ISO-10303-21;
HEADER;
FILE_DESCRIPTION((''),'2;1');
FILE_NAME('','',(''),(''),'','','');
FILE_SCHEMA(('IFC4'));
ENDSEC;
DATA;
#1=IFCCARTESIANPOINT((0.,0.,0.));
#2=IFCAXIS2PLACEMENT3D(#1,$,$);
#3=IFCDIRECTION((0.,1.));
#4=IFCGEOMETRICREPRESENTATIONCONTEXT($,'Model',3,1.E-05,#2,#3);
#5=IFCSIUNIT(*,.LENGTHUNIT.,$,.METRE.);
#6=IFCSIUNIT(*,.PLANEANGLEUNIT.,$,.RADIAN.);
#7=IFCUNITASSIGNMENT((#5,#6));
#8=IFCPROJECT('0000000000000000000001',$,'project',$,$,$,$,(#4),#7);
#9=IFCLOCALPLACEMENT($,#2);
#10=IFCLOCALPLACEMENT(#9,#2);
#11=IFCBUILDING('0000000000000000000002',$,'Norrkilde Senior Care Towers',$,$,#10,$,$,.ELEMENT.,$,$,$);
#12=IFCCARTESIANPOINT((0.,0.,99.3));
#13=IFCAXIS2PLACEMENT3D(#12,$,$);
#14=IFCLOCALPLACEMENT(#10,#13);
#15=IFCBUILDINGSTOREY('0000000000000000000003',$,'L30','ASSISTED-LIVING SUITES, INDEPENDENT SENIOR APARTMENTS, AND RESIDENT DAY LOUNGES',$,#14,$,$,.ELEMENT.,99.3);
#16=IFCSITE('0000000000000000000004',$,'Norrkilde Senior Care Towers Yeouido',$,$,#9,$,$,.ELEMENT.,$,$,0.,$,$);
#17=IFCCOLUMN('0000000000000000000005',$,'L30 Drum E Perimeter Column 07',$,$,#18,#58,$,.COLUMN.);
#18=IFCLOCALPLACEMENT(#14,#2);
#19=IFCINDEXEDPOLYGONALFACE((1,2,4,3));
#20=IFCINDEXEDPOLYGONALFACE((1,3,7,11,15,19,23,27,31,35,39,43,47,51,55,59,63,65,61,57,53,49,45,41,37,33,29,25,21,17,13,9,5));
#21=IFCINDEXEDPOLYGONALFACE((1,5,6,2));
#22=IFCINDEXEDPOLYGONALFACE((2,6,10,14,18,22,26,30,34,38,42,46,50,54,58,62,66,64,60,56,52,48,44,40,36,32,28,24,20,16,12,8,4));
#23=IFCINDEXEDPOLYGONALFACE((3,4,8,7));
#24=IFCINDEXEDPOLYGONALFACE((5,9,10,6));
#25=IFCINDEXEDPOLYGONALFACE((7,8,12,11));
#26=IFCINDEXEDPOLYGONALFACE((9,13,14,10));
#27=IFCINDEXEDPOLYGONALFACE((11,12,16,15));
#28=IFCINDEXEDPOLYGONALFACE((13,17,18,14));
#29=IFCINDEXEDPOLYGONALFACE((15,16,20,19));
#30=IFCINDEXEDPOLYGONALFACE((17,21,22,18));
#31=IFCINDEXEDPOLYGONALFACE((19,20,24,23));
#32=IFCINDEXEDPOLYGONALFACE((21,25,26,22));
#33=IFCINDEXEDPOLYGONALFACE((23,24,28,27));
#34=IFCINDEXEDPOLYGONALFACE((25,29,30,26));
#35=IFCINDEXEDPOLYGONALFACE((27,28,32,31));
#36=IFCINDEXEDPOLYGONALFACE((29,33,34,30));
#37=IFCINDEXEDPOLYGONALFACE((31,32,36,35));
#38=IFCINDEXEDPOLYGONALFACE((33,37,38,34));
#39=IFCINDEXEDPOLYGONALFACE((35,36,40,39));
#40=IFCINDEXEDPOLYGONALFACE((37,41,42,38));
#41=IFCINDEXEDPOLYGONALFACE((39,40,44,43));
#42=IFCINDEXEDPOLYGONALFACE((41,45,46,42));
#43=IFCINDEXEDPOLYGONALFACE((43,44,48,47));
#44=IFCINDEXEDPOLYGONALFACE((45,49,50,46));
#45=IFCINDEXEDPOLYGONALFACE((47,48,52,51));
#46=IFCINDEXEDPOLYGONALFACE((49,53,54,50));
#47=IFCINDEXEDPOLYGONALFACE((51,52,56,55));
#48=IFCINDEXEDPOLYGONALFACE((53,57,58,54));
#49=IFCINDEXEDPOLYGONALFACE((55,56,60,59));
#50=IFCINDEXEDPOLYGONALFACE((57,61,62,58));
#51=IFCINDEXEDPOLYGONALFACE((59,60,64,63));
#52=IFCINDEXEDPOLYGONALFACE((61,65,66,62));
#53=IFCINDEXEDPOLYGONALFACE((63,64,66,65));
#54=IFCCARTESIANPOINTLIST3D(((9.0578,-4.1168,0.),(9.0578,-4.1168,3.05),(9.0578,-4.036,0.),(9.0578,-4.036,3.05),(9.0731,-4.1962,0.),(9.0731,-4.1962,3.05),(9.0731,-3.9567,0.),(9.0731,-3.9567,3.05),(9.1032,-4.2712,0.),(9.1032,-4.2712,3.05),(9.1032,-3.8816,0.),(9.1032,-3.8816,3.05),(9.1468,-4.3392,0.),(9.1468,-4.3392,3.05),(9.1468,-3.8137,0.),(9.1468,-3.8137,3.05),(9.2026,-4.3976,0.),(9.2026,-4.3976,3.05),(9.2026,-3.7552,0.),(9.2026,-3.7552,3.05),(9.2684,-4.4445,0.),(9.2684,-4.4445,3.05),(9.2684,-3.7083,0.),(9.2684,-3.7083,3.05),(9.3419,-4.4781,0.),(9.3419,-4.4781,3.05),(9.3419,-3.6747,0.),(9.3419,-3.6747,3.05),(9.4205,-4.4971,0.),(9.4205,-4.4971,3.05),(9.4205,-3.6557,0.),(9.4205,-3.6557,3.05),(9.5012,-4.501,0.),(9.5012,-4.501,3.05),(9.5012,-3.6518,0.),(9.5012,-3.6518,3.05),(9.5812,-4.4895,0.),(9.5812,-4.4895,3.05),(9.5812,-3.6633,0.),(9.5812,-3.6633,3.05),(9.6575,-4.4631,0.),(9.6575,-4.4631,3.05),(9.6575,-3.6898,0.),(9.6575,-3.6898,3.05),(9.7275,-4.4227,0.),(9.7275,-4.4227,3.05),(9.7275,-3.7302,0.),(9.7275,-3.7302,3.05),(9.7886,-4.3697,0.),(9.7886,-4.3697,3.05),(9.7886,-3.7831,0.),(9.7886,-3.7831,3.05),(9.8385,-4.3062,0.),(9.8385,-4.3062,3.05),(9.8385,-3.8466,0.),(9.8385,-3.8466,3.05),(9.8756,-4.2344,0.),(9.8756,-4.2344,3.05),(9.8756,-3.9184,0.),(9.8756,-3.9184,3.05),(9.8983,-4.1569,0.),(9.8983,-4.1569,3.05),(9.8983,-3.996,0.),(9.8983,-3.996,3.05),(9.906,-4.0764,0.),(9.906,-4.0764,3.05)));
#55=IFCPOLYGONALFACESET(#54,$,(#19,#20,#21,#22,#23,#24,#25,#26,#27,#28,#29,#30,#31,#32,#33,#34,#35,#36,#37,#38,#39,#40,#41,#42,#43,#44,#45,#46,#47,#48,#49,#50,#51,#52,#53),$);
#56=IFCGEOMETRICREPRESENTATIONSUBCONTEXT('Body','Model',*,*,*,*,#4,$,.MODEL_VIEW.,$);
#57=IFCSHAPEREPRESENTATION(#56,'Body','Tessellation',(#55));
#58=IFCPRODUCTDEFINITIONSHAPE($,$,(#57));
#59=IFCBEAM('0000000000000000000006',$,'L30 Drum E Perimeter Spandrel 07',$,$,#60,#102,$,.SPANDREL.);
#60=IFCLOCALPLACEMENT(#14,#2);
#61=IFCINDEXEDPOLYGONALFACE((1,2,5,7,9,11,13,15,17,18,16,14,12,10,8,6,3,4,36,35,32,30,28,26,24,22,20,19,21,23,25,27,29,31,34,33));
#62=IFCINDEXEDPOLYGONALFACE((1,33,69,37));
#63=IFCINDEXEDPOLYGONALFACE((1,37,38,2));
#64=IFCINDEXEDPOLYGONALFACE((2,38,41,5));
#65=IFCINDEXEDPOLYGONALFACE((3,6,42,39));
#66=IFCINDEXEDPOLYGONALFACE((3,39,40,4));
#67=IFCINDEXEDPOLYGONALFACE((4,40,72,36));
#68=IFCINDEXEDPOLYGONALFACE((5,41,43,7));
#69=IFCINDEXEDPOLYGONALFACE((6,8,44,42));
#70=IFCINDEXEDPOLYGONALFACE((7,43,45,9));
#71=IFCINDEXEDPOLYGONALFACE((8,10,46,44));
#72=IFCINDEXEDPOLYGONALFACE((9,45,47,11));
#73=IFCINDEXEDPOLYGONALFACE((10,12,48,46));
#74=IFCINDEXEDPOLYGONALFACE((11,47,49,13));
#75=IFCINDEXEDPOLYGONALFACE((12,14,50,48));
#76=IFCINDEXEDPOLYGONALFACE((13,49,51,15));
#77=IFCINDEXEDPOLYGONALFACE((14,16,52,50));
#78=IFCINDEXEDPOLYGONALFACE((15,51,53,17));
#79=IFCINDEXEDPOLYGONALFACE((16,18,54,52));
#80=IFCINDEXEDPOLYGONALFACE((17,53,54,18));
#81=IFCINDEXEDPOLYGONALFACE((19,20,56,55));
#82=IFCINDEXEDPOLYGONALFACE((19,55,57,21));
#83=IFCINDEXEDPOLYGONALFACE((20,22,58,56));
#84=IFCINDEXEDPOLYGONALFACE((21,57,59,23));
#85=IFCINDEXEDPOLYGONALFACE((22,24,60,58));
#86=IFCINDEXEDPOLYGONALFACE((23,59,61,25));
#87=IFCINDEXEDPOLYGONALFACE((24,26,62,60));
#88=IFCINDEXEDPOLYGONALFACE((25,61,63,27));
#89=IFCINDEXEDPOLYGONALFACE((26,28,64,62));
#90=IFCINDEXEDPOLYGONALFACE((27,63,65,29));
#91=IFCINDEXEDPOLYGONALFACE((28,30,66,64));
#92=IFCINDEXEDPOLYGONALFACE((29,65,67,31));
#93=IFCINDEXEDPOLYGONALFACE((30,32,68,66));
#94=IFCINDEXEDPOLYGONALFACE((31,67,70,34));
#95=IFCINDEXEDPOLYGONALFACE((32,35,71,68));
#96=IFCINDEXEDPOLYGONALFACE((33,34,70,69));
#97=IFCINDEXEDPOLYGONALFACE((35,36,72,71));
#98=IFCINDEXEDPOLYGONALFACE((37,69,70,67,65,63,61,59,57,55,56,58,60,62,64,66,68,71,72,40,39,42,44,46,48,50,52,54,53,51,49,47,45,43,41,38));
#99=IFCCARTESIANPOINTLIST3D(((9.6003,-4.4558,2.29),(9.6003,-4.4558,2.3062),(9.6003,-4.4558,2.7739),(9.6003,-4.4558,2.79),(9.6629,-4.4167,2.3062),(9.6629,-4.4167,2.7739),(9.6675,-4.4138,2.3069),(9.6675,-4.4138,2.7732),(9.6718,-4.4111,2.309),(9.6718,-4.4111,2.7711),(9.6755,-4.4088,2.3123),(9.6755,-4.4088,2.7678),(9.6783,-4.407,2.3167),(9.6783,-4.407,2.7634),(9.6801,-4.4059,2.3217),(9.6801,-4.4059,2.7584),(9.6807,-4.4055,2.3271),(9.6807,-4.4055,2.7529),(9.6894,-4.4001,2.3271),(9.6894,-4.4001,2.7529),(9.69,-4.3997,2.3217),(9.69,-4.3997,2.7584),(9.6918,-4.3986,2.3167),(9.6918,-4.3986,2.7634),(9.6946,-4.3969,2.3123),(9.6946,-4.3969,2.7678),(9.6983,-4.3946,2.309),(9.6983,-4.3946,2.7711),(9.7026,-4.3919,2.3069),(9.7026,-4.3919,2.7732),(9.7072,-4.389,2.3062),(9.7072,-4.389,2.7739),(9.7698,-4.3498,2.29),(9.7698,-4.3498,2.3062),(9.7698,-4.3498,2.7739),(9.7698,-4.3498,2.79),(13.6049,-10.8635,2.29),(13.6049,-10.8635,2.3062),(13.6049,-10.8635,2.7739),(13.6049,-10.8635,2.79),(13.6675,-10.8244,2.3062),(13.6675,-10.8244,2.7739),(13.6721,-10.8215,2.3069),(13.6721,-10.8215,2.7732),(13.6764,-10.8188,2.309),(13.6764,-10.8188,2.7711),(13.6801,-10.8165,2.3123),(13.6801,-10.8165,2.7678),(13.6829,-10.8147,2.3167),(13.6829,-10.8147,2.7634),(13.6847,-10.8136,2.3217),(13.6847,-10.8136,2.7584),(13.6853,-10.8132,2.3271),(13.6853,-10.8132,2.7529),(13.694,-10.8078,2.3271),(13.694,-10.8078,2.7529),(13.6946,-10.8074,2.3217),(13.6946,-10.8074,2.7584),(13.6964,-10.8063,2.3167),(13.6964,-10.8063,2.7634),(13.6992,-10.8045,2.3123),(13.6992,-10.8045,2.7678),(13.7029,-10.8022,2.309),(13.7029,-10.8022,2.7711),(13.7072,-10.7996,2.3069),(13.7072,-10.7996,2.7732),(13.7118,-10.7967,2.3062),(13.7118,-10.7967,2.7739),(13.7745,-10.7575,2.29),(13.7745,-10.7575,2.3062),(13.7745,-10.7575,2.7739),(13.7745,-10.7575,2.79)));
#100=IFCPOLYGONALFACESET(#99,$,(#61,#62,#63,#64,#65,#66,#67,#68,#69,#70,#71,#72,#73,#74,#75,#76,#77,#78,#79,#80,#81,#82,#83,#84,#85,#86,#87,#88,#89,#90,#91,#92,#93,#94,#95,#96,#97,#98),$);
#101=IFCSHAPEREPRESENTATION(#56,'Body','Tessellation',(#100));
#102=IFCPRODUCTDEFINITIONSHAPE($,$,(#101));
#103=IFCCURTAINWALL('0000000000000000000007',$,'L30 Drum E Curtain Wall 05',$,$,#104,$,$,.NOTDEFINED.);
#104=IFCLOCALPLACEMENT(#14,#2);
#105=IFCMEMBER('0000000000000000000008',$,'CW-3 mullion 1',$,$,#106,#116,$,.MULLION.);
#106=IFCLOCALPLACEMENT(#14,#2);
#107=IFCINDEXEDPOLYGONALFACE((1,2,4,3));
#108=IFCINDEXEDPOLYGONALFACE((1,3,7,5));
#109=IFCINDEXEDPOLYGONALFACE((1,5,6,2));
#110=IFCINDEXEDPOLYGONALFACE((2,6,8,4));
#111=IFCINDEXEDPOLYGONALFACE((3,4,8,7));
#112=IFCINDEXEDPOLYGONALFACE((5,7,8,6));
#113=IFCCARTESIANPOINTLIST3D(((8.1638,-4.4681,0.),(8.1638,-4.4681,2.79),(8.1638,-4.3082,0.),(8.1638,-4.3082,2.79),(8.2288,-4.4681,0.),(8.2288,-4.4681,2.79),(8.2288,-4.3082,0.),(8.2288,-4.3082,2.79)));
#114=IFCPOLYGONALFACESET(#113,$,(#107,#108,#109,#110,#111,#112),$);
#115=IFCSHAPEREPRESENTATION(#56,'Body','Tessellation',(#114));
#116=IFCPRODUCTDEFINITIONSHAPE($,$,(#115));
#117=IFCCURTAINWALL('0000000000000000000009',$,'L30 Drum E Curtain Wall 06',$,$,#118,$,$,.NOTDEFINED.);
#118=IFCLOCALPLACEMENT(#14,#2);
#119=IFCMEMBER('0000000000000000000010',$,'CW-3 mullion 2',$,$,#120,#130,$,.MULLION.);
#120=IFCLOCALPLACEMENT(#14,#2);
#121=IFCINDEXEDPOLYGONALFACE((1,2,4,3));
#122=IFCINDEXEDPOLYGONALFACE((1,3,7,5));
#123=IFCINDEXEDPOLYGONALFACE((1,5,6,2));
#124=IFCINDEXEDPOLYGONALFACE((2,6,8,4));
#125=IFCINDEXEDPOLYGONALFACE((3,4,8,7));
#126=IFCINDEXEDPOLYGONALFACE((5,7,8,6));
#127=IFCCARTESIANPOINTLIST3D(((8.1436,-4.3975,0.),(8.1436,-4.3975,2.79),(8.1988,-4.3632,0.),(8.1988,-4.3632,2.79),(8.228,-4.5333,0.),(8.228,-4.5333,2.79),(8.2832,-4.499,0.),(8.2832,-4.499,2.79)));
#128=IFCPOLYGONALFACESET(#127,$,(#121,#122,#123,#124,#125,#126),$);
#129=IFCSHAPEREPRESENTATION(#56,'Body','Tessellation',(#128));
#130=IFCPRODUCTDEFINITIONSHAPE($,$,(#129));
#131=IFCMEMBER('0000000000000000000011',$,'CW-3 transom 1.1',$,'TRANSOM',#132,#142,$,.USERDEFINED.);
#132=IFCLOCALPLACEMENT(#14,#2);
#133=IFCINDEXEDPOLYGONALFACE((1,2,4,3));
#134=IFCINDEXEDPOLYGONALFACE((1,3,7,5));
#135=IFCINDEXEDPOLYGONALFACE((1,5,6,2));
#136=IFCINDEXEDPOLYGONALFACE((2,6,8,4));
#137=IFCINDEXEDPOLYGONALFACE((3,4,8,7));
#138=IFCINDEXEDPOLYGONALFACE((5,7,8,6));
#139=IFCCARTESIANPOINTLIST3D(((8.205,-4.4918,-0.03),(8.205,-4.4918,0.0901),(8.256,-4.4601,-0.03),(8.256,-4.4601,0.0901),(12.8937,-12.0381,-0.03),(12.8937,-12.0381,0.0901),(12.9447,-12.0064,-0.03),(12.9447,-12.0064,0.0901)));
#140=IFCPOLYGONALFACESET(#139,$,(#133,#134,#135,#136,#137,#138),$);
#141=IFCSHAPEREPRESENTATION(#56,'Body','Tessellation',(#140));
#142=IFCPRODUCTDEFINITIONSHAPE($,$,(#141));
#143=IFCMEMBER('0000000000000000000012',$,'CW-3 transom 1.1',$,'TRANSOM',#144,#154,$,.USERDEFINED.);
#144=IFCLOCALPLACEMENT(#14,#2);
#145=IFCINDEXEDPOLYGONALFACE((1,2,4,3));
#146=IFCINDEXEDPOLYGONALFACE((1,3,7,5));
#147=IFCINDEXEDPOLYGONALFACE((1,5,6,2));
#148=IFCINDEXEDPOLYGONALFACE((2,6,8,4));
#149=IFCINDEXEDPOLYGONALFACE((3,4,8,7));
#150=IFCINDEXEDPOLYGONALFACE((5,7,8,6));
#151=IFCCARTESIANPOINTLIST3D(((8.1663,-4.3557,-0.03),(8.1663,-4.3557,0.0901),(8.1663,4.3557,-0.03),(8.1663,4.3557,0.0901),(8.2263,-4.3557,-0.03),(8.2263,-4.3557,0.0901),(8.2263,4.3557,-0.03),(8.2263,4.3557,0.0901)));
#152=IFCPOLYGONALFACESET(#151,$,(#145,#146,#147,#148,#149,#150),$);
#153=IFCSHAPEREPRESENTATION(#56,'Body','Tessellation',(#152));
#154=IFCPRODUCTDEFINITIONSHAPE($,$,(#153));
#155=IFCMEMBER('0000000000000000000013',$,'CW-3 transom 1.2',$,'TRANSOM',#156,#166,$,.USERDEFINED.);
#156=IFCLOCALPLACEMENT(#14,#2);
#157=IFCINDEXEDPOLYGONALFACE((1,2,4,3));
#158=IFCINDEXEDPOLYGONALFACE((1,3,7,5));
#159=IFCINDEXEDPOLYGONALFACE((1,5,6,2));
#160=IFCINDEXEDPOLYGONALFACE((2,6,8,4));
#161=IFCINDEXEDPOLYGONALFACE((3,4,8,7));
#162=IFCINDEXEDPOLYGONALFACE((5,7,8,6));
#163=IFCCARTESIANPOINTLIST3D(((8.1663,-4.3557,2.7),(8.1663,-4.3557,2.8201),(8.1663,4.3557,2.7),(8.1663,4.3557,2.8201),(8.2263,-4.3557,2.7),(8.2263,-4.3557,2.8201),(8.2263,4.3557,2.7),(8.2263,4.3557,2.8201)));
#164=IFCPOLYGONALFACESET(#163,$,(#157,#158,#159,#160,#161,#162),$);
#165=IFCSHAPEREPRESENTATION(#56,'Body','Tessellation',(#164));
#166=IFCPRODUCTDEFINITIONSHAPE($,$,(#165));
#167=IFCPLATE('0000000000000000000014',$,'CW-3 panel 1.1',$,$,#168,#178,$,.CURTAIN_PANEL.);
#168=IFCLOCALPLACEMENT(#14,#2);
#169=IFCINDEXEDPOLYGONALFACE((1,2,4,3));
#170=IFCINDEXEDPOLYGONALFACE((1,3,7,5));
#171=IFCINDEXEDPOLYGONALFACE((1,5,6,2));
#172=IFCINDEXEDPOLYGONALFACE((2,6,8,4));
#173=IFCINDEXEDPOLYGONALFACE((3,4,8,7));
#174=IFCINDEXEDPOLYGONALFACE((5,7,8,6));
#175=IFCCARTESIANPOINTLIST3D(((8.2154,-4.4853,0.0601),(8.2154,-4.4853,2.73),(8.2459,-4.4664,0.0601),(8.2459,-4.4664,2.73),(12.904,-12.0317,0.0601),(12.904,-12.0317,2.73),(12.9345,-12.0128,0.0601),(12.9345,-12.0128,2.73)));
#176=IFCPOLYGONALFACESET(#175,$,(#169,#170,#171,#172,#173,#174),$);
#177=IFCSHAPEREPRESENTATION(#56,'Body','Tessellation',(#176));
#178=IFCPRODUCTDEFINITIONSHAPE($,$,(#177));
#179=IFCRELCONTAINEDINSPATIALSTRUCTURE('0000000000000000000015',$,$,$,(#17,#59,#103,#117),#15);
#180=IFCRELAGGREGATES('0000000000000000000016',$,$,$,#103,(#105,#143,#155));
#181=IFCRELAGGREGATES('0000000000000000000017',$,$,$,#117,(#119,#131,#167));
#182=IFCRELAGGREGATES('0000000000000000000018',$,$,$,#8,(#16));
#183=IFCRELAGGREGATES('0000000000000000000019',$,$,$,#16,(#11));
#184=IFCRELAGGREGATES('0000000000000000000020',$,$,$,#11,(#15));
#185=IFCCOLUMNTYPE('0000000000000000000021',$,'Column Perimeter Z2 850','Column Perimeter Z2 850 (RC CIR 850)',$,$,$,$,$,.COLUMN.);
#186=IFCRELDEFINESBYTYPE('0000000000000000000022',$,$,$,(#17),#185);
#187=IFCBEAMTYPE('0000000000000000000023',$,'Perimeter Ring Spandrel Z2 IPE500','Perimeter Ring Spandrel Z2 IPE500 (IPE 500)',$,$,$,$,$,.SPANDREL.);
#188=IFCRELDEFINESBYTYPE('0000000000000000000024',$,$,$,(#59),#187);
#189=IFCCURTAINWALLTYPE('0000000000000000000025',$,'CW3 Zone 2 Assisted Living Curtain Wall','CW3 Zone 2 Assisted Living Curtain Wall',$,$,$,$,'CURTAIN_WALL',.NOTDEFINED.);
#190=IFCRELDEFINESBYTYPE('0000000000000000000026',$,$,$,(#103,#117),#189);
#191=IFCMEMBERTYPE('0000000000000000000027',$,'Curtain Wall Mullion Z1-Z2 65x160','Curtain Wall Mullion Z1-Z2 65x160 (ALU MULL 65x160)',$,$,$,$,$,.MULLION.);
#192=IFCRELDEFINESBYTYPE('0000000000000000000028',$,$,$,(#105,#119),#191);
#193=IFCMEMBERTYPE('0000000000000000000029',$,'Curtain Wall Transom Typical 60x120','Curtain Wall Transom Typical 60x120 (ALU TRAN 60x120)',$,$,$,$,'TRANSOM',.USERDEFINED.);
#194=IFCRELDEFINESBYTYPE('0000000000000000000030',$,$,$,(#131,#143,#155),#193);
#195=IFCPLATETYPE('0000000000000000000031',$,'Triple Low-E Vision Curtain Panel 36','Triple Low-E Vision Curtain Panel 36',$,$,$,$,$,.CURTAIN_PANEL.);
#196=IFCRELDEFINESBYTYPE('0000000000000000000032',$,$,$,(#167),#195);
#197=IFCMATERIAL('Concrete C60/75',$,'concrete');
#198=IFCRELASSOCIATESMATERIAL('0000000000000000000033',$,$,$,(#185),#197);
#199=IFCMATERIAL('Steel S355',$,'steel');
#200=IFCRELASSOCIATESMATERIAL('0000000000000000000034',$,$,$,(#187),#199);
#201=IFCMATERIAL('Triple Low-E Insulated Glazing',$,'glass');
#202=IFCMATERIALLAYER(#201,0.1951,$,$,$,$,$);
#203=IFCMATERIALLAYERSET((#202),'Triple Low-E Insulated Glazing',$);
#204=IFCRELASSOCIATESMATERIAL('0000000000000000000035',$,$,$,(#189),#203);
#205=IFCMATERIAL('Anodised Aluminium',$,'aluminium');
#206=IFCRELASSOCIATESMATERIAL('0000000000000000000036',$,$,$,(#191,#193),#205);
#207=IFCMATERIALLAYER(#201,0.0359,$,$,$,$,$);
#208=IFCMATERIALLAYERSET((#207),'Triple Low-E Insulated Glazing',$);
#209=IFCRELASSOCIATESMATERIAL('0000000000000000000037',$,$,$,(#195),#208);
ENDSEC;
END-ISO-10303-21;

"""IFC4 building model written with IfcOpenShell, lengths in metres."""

from ifc_helpers import new_model, si_unit, direction, frame, origin, origin_2d, place, context, subcontext, project, spatial, rectangle, circle, i_section, extrude, source, transform, mapped, material, layer, layer_set, material_profile, profile_set, type_object, type_shapes, element, aggregate, save


model = new_model("IFC4")

# Units and contexts
model_context = context("Model", 3, precision=1e-05, world=origin(), true_north=direction((0.0, 1.0)))
body_context = subcontext(model_context, "Body", "Model", "MODEL_VIEW")
ifc_project = project(units=[si_unit("LENGTHUNIT", "METRE"), si_unit("PLANEANGLEUNIT", "RADIAN")], contexts=[model_context])

# Site, building, storey
site_placement = place(None, origin())
site = spatial("IfcSite", under=ifc_project, at=site_placement, Name="Norrkilde Senior Care Towers Yeouido", CompositionType="ELEMENT", RefElevation=0.0)
building_placement = place(site_placement, origin())
building = spatial("IfcBuilding", under=site, at=building_placement, Name="Norrkilde Senior Care Towers", CompositionType="ELEMENT")
storey_placement = place(building_placement, frame((0.0, 0.0, 99.3)))
storey = spatial("IfcBuildingStorey", under=building, at=storey_placement, Name="L30", Description="ASSISTED-LIVING SUITES, INDEPENDENT SENIOR APARTMENTS, AND RESIDENT DAY LOUNGES", CompositionType="ELEMENT", Elevation=99.3)

# Column
ifc_material_1 = material(Name="Concrete C60/75", Category="concrete")
ifc_material_profile_1 = material_profile(ifc_material_1, circle(Radius=0.425, at=origin_2d()), Name="RC CIR 850")
ifc_profile_set_1 = profile_set([ifc_material_profile_1], Name="Concrete C60/75")
column_type = type_object("IfcColumnType", Name="Column Perimeter Z2 850", Description="Column Perimeter Z2 850 (RC CIR 850)", PredefinedType="COLUMN", material=ifc_profile_set_1)
shared_shape_1 = source(origin(), body_context, "Body", "SweptSolid", [
    extrude(circle(Radius=0.425, at=origin_2d()), origin(), (0.0, 0.0, 1.0), 3.05),
])
type_shapes(column_type, [shared_shape_1])
column_placement = place(storey_placement, frame((9.481, -4.0764, 0.0), z_axis=(0.0, 0.0, 1.0), x_axis=(1.0, 0.0, 0.0)))
element("IfcColumn", 1, at=column_placement, inside=storey, type_object=column_type, Name="L30 Drum E Perimeter Column 07", PredefinedType="COLUMN", context=body_context, shape_type="MappedRepresentation", body=[
    mapped(shared_shape_1, transform((0.0, 0.0, 0.0), x_axis=(1.0, 0.0, 0.0), y_axis=(0.0, 1.0, 0.0), z_axis=(0.0, 0.0, 1.0), scale=1.0)),
])

# Beam
ifc_material_2 = material(Name="Steel S355", Category="steel")
ifc_material_profile_2 = material_profile(ifc_material_2, i_section(OverallWidth=0.2, OverallDepth=0.5, WebThickness=0.0103, FlangeThickness=0.0161, FilletRadius=0.021, at=origin_2d()), Name="IPE 500")
ifc_profile_set_2 = profile_set([ifc_material_profile_2], Name="Steel S355")
beam_type = type_object("IfcBeamType", Name="Perimeter Ring Spandrel Z2 IPE500", Description="Perimeter Ring Spandrel Z2 IPE500 (IPE 500)", PredefinedType="SPANDREL", material=ifc_profile_set_2)
shared_shape_2 = source(origin(), body_context, "Body", "SweptSolid", [
    extrude(i_section(OverallWidth=0.2, OverallDepth=0.5, WebThickness=0.0103, FlangeThickness=0.0161, FilletRadius=0.021, at=origin_2d()), origin(), (0.0, 0.0, 1.0), 7.5562),
])
type_shapes(beam_type, [shared_shape_2])
beam_placement = place(storey_placement, frame((9.6851, -4.4028, 2.54), z_axis=(0.529982, -0.848009, 0.0), x_axis=(0.848009, 0.529982, 0.0)))
element("IfcBeam", 2, at=beam_placement, inside=storey, type_object=beam_type, Name="L30 Drum E Perimeter Spandrel 07", PredefinedType="SPANDREL", context=body_context, shape_type="MappedRepresentation", body=[
    mapped(shared_shape_2, transform((0.0, 0.0, 0.0), x_axis=(1.0, 0.0, 0.0), y_axis=(0.0, 1.0, 0.0), z_axis=(0.0, 0.0, 1.0), scale=1.0)),
])

# Curtain wall, member
ifc_material_3 = material(Name="Triple Low-E Insulated Glazing", Category="glass")
ifc_layer_1 = layer(ifc_material_3, 0.1951)
ifc_layer_set_1 = layer_set([ifc_layer_1], Name="Triple Low-E Insulated Glazing")
curtain_wall_type = type_object("IfcCurtainWallType", Name="CW3 Zone 2 Assisted Living Curtain Wall", Description="CW3 Zone 2 Assisted Living Curtain Wall", ElementType="CURTAIN_WALL", PredefinedType="NOTDEFINED", material=ifc_layer_set_1)
curtain_wall_1_placement = place(storey_placement, origin())
curtain_wall_1 = element("IfcCurtainWall", 3, at=curtain_wall_1_placement, inside=storey, type_object=curtain_wall_type, Name="L30 Drum E Curtain Wall 05", PredefinedType="NOTDEFINED")
ifc_material_4 = material(Name="Anodised Aluminium", Category="aluminium")
ifc_material_profile_3 = material_profile(ifc_material_4, rectangle(XDim=0.0649, YDim=0.1599, at=origin_2d()), Name="ALU MULL 65x160")
ifc_profile_set_3 = profile_set([ifc_material_profile_3], Name="Anodised Aluminium")
member_type_1 = type_object("IfcMemberType", Name="Curtain Wall Mullion Z1-Z2 65x160", Description="Curtain Wall Mullion Z1-Z2 65x160 (ALU MULL 65x160)", PredefinedType="MULLION", material=ifc_profile_set_3)
shared_shape_3 = source(origin(), body_context, "Body", "SweptSolid", [
    extrude(rectangle(XDim=0.0649, YDim=0.1599, at=origin_2d()), origin(), (0.0, 0.0, 1.0), 2.79),
])
type_shapes(member_type_1, [shared_shape_3])
member_1_placement = place(storey_placement, frame((8.1963, -4.3882, 0.0), z_axis=(0.0, 0.0, 1.0), x_axis=(-1.0, 0.0, 0.0)))
member_1 = element("IfcMember", 4, at=member_1_placement, type_object=member_type_1, Name="CW-3 mullion 1", PredefinedType="MULLION", context=body_context, shape_type="MappedRepresentation", body=[
    mapped(shared_shape_3, transform((0.0, 0.0, 0.0), x_axis=(1.0, 0.0, 0.0), y_axis=(0.0, 1.0, 0.0), z_axis=(0.0, 0.0, 1.0), scale=1.0)),
])

# Curtain wall, members
curtain_wall_2_placement = place(storey_placement, origin())
curtain_wall_2 = element("IfcCurtainWall", 5, at=curtain_wall_2_placement, inside=storey, type_object=curtain_wall_type, Name="L30 Drum E Curtain Wall 06", PredefinedType="NOTDEFINED")
member_2_placement = place(storey_placement, frame((8.2134, -4.4482, 0.0), z_axis=(0.0, 0.0, 1.0), x_axis=(-0.84941, -0.527733, 0.0)))
member_2 = element("IfcMember", 6, at=member_2_placement, type_object=member_type_1, Name="CW-3 mullion 2", PredefinedType="MULLION", context=body_context, shape_type="MappedRepresentation", body=[
    mapped(shared_shape_3, transform((0.0, 0.0, 0.0), x_axis=(1.0, 0.0, 0.0), y_axis=(0.0, 1.0, 0.0), z_axis=(0.0, 0.0, 1.0), scale=1.0)),
])
ifc_material_profile_4 = material_profile(ifc_material_4, rectangle(XDim=0.0601, YDim=0.1201, at=origin_2d()), Name="ALU TRAN 60x120")
ifc_profile_set_4 = profile_set([ifc_material_profile_4], Name="Anodised Aluminium")
member_type_2 = type_object("IfcMemberType", Name="Curtain Wall Transom Typical 60x120", Description="Curtain Wall Transom Typical 60x120 (ALU TRAN 60x120)", ElementType="TRANSOM", PredefinedType="USERDEFINED", material=ifc_profile_set_4)
shared_shape_4 = source(origin(), body_context, "Body", "SweptSolid", [
    extrude(rectangle(XDim=0.0601, YDim=0.1201, at=origin_2d()), origin(), (0.0, 0.0, 1.0), 8.8843),
])
member_3_placement = place(storey_placement, frame((12.9192, -12.0222, 0.03), z_axis=(-0.527749, 0.8494, 0.0), x_axis=(-0.8494, -0.527749, 0.0)))
member_3 = element("IfcMember", 7, at=member_3_placement, type_object=member_type_2, Name="CW-3 transom 1.1", ObjectType="TRANSOM", PredefinedType="USERDEFINED", context=body_context, shape_type="MappedRepresentation", body=[
    mapped(shared_shape_4, transform((0.0, 0.0, 0.0), x_axis=(1.0, 0.0, 0.0), y_axis=(0.0, 1.0, 0.0), z_axis=(0.0, 0.0, 1.0), scale=1.0)),
])

# Members
shared_shape_5 = source(origin(), body_context, "Body", "SweptSolid", [
    extrude(rectangle(XDim=0.0601, YDim=0.1201, at=origin_2d()), origin(), (0.0, 0.0, 1.0), 8.7114),
])
type_shapes(member_type_2, [shared_shape_4, shared_shape_5])
member_4_placement = place(storey_placement, frame((8.1963, -4.3557, 0.03), z_axis=(0.0, 1.0, 0.0), x_axis=(-1.0, 0.0, 0.0)))
member_4 = element("IfcMember", 8, at=member_4_placement, type_object=member_type_2, Name="CW-3 transom 1.1", ObjectType="TRANSOM", PredefinedType="USERDEFINED", context=body_context, shape_type="MappedRepresentation", body=[
    mapped(shared_shape_5, transform((0.0, 0.0, 0.0), x_axis=(1.0, 0.0, 0.0), y_axis=(0.0, 1.0, 0.0), z_axis=(0.0, 0.0, 1.0), scale=1.0)),
])
member_5_placement = place(storey_placement, frame((8.1963, -4.3557, 2.76), z_axis=(0.0, 1.0, 0.0), x_axis=(-1.0, 0.0, 0.0)))
member_5 = element("IfcMember", 9, at=member_5_placement, type_object=member_type_2, Name="CW-3 transom 1.2", ObjectType="TRANSOM", PredefinedType="USERDEFINED", context=body_context, shape_type="MappedRepresentation", body=[
    mapped(shared_shape_5, transform((0.0, 0.0, 0.0), x_axis=(1.0, 0.0, 0.0), y_axis=(0.0, 1.0, 0.0), z_axis=(0.0, 0.0, 1.0), scale=1.0)),
])
aggregate(curtain_wall_1, [member_1, member_4, member_5])

# Plate
ifc_layer_2 = layer(ifc_material_3, 0.0359)
ifc_layer_set_2 = layer_set([ifc_layer_2], Name="Triple Low-E Insulated Glazing")
plate_type = type_object("IfcPlateType", Name="Triple Low-E Vision Curtain Panel 36", Description="Triple Low-E Vision Curtain Panel 36", PredefinedType="CURTAIN_PANEL", material=ifc_layer_set_2)
shared_shape_6 = source(origin(), body_context, "Body", "SweptSolid", [
    extrude(rectangle(XDim=8.8843, YDim=0.0359, at=origin_2d()), origin(), (0.0, 0.0, 1.0), 2.6699),
])
type_shapes(plate_type, [shared_shape_6])
plate_placement = place(storey_placement, frame((10.575, -8.249, 0.0601), z_axis=(0.0, 0.0, 1.0), x_axis=(-0.527733, 0.84941, 0.0)))
plate = element("IfcPlate", 10, at=plate_placement, type_object=plate_type, Name="CW-3 panel 1.1", PredefinedType="CURTAIN_PANEL", context=body_context, shape_type="MappedRepresentation", body=[
    mapped(shared_shape_6, transform((0.0, 0.0, 0.0), x_axis=(1.0, 0.0, 0.0), y_axis=(0.0, 1.0, 0.0), z_axis=(0.0, 0.0, 1.0), scale=1.0)),
])
aggregate(curtain_wall_2, [member_2, member_3, plate])

save(model, "model.ifc")
